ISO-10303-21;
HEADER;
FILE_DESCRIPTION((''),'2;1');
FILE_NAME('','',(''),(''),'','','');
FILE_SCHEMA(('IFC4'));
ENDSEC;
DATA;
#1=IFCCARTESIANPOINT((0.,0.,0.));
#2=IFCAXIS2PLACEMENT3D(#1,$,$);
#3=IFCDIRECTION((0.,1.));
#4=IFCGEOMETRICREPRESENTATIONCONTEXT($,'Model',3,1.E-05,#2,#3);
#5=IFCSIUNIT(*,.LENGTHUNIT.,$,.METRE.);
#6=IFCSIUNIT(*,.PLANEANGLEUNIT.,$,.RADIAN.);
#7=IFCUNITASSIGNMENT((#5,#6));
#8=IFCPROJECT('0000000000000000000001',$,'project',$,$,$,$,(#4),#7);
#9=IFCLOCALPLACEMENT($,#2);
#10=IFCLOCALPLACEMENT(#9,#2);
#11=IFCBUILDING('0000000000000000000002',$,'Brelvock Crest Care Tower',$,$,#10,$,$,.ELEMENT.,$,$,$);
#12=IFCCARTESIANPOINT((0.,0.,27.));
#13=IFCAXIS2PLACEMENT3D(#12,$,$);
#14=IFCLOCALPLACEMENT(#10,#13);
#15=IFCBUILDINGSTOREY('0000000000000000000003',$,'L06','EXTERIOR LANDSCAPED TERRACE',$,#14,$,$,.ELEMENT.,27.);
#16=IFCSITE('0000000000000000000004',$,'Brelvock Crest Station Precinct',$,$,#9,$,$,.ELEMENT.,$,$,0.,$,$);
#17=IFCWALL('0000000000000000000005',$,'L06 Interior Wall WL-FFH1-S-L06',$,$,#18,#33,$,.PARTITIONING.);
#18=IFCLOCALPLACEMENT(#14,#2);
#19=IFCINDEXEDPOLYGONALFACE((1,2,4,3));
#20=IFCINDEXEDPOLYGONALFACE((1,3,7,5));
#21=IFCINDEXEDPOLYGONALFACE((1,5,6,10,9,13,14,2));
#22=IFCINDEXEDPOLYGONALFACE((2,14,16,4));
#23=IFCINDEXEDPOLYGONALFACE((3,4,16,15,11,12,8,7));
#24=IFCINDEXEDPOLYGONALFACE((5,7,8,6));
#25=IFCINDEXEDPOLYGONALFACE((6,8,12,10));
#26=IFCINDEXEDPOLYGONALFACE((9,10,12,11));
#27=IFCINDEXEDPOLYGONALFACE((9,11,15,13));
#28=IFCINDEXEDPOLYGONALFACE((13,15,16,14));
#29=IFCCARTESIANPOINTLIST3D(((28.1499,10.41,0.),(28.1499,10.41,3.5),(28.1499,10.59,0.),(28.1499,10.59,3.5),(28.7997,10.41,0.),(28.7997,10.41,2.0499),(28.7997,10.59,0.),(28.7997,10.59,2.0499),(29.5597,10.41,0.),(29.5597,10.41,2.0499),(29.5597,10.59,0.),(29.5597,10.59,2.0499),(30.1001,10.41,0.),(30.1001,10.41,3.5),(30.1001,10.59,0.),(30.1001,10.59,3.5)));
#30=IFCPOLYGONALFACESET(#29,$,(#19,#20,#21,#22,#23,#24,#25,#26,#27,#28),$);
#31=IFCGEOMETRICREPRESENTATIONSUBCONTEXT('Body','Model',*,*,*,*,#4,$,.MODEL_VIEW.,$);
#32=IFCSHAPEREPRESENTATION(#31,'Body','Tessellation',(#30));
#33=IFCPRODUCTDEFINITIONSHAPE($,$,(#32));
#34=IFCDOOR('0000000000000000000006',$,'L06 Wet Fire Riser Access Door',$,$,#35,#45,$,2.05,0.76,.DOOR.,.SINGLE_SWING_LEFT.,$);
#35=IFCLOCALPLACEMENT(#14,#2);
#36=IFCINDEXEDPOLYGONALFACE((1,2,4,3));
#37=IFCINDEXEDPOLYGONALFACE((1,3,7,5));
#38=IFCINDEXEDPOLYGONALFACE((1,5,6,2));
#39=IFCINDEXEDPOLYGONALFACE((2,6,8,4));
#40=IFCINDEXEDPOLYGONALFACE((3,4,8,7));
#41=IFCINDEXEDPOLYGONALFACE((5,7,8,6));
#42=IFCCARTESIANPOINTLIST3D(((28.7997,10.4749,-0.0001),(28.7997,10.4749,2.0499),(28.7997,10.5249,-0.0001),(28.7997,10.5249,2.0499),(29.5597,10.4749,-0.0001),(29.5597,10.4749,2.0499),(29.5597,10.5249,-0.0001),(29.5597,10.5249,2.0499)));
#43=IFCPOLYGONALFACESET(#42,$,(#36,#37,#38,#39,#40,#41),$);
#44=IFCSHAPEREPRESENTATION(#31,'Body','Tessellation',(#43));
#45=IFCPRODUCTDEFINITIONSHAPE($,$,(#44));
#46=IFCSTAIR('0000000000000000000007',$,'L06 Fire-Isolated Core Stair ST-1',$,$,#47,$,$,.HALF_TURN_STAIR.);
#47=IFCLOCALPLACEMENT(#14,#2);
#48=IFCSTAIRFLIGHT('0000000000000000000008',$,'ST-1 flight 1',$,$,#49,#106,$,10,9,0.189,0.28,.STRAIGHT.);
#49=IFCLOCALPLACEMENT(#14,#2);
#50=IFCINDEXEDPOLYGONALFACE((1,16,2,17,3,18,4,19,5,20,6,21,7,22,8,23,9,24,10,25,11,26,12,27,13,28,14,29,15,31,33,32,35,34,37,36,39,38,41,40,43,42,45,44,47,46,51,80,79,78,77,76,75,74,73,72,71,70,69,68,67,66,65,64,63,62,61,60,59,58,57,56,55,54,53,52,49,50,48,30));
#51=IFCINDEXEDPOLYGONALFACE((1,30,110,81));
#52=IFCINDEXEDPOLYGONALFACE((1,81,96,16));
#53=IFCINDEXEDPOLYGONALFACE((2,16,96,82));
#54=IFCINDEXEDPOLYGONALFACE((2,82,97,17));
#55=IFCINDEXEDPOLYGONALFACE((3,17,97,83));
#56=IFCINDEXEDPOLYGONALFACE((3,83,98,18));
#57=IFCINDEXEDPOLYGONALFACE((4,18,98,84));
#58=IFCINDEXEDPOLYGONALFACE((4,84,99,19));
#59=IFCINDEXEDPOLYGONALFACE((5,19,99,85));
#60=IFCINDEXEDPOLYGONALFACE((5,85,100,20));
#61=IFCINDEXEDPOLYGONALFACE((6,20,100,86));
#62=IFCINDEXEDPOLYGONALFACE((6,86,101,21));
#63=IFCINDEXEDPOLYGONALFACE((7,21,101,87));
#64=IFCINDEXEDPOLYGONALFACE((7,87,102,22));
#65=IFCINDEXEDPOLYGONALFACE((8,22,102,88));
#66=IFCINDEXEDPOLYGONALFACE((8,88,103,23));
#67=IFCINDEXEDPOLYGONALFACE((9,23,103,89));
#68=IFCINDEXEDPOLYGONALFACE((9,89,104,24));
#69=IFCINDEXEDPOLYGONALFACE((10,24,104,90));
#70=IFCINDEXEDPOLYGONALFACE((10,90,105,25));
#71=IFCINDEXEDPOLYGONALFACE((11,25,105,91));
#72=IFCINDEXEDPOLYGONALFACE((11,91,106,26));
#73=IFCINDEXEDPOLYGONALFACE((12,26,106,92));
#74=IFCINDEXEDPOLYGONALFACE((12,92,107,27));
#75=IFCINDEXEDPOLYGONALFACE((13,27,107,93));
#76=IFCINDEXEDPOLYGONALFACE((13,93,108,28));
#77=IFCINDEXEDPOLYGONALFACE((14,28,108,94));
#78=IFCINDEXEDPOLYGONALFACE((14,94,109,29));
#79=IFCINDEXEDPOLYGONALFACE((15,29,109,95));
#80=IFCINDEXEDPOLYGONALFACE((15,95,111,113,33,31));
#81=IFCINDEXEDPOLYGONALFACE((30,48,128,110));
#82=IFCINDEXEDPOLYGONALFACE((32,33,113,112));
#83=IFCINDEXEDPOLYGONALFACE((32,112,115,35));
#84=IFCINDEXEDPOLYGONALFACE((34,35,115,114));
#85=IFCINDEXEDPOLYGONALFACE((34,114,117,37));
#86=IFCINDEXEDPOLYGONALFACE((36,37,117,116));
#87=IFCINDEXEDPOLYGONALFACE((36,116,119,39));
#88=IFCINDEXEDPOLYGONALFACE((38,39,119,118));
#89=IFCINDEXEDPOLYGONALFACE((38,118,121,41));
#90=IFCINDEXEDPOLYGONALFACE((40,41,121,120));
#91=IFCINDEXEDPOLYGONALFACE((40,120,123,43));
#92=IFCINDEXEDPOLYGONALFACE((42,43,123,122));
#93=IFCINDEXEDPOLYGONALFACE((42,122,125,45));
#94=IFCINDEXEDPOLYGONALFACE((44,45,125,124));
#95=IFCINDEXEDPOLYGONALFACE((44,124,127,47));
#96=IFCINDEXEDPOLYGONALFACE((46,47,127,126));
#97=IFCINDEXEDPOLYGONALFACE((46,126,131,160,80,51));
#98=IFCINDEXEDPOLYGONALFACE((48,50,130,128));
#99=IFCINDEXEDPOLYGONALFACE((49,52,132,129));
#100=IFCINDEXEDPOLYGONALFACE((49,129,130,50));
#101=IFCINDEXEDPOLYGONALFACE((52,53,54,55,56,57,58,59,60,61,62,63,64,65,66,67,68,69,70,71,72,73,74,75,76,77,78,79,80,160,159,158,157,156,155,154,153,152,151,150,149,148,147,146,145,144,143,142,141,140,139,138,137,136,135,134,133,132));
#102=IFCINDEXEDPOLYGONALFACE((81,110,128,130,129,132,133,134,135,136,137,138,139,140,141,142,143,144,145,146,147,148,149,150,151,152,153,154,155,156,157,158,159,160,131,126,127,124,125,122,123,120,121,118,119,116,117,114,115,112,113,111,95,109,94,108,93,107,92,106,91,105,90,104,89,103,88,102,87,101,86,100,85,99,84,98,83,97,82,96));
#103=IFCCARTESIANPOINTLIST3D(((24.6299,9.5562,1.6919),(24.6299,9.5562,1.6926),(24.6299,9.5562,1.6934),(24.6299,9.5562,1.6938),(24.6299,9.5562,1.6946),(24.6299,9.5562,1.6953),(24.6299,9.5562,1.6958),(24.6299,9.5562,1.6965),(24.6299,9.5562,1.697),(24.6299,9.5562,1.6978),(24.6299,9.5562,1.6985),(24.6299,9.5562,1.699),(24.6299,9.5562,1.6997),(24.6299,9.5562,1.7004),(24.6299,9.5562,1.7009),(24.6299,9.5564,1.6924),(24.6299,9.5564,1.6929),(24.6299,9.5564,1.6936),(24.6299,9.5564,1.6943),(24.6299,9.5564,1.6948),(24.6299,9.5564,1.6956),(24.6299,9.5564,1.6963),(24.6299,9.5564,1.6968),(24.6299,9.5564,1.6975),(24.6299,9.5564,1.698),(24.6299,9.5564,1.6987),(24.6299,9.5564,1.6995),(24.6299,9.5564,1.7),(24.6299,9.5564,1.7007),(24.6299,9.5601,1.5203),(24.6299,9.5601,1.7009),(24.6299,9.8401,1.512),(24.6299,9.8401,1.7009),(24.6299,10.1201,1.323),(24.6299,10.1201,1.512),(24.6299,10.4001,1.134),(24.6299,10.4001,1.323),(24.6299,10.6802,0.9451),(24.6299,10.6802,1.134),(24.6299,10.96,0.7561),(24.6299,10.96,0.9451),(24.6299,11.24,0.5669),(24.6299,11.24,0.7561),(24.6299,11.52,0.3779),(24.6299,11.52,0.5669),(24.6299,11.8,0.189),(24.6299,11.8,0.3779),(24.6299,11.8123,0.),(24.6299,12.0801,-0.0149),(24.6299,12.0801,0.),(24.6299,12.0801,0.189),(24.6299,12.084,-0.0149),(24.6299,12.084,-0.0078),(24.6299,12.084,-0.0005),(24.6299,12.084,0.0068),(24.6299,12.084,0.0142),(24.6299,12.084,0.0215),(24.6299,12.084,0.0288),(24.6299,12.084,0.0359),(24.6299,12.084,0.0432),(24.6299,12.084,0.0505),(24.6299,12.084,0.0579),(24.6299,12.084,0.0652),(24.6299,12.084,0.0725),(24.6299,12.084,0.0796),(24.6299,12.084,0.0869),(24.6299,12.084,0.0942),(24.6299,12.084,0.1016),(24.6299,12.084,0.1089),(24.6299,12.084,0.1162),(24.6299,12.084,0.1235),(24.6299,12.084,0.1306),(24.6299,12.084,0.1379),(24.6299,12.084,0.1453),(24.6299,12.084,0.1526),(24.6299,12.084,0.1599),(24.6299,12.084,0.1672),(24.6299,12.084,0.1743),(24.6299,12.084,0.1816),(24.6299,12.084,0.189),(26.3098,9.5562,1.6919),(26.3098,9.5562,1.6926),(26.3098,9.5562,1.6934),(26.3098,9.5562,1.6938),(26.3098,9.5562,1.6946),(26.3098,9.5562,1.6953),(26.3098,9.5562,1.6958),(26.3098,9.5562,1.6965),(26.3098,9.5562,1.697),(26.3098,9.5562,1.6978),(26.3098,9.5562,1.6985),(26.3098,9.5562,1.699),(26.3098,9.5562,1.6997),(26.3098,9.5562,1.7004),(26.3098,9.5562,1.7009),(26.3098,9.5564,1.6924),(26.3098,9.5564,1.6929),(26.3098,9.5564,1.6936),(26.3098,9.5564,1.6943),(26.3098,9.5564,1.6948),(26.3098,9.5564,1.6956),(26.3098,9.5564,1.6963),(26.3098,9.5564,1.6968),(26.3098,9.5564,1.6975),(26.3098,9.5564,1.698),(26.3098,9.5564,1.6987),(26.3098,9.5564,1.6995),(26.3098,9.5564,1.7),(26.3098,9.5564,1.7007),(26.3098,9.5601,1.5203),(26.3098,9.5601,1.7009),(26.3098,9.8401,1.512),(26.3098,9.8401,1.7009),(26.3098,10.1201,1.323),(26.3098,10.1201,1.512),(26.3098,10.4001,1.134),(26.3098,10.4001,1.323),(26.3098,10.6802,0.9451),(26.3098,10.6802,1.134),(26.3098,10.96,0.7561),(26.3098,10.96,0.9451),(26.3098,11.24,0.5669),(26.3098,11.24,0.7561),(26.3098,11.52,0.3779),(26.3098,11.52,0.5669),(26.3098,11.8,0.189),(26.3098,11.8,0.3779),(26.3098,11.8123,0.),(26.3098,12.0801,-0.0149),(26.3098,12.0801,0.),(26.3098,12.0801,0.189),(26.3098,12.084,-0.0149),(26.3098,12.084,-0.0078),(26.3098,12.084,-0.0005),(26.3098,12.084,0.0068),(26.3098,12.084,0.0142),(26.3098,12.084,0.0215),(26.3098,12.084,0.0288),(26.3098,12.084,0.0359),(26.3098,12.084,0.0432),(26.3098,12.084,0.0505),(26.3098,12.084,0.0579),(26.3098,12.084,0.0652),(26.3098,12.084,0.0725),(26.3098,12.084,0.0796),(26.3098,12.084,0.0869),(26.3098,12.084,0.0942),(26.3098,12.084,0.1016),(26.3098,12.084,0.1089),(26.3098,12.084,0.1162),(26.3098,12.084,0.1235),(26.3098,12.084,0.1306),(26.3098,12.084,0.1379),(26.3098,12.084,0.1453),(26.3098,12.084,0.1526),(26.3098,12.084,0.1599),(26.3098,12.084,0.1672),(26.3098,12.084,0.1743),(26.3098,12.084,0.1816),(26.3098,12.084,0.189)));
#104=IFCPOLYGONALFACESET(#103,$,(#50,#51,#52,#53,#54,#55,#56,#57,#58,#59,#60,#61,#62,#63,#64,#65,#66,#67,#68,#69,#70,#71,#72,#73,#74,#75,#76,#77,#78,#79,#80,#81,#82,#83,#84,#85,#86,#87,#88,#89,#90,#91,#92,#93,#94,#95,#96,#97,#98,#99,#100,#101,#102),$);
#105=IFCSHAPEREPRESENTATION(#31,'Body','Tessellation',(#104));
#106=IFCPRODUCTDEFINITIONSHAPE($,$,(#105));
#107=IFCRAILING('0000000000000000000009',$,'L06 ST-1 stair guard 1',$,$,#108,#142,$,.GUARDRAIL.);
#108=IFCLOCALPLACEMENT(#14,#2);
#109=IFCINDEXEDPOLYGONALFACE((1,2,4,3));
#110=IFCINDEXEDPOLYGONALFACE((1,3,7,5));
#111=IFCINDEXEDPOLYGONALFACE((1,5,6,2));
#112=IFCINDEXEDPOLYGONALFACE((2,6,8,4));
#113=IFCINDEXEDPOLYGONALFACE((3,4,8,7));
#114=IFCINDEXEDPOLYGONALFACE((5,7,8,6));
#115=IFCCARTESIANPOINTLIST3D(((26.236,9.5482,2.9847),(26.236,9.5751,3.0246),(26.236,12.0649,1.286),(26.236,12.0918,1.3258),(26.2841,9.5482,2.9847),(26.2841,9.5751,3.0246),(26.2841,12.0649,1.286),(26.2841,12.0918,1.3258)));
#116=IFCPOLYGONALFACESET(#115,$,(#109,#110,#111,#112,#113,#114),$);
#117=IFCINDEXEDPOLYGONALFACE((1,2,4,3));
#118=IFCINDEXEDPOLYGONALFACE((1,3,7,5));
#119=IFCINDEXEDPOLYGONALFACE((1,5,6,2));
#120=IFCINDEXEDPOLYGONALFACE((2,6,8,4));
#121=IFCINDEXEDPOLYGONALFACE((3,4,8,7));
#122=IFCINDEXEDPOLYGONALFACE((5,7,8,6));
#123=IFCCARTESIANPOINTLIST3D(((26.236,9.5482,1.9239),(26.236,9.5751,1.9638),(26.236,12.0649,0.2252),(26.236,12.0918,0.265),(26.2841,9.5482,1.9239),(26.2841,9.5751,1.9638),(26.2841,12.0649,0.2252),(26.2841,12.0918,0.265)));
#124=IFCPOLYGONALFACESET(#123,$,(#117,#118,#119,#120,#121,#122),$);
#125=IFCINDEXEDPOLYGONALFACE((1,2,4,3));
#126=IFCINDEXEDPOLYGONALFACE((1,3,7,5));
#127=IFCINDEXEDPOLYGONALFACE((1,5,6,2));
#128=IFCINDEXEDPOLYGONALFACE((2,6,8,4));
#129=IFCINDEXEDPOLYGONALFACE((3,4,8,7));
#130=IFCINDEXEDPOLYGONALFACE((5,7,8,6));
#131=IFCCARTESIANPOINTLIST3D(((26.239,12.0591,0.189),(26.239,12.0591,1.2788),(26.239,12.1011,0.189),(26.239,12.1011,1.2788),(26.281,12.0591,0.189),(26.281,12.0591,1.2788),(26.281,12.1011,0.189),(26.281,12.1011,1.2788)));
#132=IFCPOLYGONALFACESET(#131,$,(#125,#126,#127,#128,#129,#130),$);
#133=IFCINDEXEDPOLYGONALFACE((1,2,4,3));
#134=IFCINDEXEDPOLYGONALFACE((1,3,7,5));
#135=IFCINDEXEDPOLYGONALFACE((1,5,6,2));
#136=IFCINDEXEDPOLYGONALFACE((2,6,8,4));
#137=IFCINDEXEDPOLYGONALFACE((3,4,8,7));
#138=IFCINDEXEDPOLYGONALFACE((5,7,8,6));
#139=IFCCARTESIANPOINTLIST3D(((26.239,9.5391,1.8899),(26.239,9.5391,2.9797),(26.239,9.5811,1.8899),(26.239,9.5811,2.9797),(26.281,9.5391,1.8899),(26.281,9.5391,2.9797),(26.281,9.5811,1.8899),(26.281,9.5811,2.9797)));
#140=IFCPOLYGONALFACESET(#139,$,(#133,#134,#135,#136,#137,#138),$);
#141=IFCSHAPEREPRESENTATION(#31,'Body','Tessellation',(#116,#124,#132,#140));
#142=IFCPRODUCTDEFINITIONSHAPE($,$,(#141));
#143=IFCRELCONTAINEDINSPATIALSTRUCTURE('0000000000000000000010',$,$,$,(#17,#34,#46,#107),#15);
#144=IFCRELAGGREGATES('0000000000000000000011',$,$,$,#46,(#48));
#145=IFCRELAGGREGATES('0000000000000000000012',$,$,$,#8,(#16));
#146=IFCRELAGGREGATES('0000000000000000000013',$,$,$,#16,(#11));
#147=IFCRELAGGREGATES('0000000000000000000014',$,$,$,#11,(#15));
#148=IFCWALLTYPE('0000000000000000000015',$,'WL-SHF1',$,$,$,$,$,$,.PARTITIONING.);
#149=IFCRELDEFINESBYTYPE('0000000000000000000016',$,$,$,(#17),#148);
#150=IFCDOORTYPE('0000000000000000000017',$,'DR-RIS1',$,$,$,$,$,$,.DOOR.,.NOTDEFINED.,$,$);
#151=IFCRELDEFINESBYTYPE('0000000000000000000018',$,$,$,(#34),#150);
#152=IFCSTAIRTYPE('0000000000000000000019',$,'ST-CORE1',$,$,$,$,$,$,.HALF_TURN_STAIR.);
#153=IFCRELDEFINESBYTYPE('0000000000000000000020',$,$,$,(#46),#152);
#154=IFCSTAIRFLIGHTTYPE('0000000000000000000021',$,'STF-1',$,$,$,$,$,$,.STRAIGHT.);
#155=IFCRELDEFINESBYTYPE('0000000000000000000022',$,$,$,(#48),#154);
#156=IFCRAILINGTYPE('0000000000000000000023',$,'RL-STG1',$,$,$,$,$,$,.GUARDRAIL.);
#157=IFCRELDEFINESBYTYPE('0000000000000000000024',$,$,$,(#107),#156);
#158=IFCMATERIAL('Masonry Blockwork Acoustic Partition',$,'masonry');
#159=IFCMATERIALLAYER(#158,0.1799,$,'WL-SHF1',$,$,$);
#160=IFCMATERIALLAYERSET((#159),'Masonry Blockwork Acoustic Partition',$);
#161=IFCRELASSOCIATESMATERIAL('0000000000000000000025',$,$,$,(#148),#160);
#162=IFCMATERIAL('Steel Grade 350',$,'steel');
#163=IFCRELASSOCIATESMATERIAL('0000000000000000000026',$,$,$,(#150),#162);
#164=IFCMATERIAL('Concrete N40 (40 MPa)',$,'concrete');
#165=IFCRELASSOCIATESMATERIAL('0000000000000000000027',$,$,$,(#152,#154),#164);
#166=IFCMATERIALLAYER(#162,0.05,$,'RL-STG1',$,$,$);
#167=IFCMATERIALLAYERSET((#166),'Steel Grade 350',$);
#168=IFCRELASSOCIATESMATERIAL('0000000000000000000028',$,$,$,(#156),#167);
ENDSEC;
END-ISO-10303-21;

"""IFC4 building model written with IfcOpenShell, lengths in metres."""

from ifc_helpers import new_model, si_unit, direction, frame, frame_2d, origin, origin_2d, place, context, subcontext, project, spatial, polyline, rectangle, outline, extrude, source, transform, mapped, material, layer, layer_set, type_object, element, fill, aggregate, save


model = new_model("IFC4")

# Units and contexts
model_context = context("Model", 3, precision=1e-05, world=origin(), true_north=direction((0.0, 1.0)))
body_context = subcontext(model_context, "Body", "Model", "MODEL_VIEW")
ifc_project = project(units=[si_unit("LENGTHUNIT", "METRE"), si_unit("PLANEANGLEUNIT", "RADIAN")], contexts=[model_context])

# Site, building, storey
site_placement = place(None, origin())
site = spatial("IfcSite", under=ifc_project, at=site_placement, Name="Brelvock Crest Station Precinct", CompositionType="ELEMENT", RefElevation=0.0)
building_placement = place(site_placement, origin())
building = spatial("IfcBuilding", under=site, at=building_placement, Name="Brelvock Crest Care Tower", CompositionType="ELEMENT")
storey_placement = place(building_placement, frame((0.0, 0.0, 27.0)))
storey = spatial("IfcBuildingStorey", under=building, at=storey_placement, Name="L06", Description="EXTERIOR LANDSCAPED TERRACE", CompositionType="ELEMENT", Elevation=27.0)

# Shared definitions
ifc_material_1 = material(Name="Steel Grade 350", Category="steel")

# Shared definitions
ifc_material_2 = material(Name="Masonry Blockwork Acoustic Partition", Category="masonry")
ifc_layer_1 = layer(ifc_material_2, 0.1799, Name="WL-SHF1")
ifc_layer_set_1 = layer_set([ifc_layer_1], Name="Masonry Blockwork Acoustic Partition")
wall_type_1 = type_object("IfcWallType", Name="WL-SHF1", PredefinedType="PARTITIONING", material=ifc_layer_set_1)

# Wall, opening, door
wall_1_placement = place(storey_placement, frame((28.1499, 10.5, 0.0), z_axis=(0.0, 0.0, 1.0), x_axis=(1.0, 0.0, 0.0)))
wall_1 = element("IfcWall", 1, at=wall_1_placement, inside=storey, type_object=wall_type_1, Name="L06 Interior Wall WL-FFH1-S-L06", PredefinedType="PARTITIONING", context=body_context, shape_type="SweptSolid", body=[
    extrude(rectangle(XDim=1.9502, YDim=0.1799, at=frame_2d((0.9751, 0.0))), origin(), (0.0, 0.0, 1.0), 3.5),
])
opening_1_placement = place(wall_1_placement, frame((0.6499, 0.0, 0.0)))
opening_1 = element("IfcOpeningElement", 2, at=opening_1_placement, cuts=wall_1, PredefinedType="OPENING", context=body_context, shape_type="SweptSolid", body=[
    extrude(rectangle(XDim=0.76, YDim=2.05, at=origin_2d()), frame((0.3799, 0.1001, 1.0249), z_axis=(0.0, -1.0, 0.0), x_axis=(1.0, 0.0, 0.0)), (0.0, 0.0, 1.0), 0.2),
])
door_type_1 = type_object("IfcDoorType", Name="DR-RIS1", OperationType="NOTDEFINED", PredefinedType="DOOR", material=ifc_material_1)
shared_shape_1 = source(origin(), body_context, "Body", "SweptSolid", [
    extrude(rectangle(XDim=0.76, YDim=2.05, at=origin_2d()), frame((0.3799, 0.0249, 1.0249), z_axis=(0.0, -1.0, 0.0), x_axis=(1.0, 0.0, 0.0)), (0.0, 0.0, 1.0), 0.05),
])
door_1_placement = place(opening_1_placement, origin())
door_1 = element("IfcDoor", 3, at=door_1_placement, inside=storey, type_object=door_type_1, Name="L06 Wet Fire Riser Access Door", OperationType="SINGLE_SWING_LEFT", OverallHeight=2.05, OverallWidth=0.76, PredefinedType="DOOR", context=body_context, shape_type="MappedRepresentation", body=[
    mapped(shared_shape_1, transform((0.0, 0.0, 0.0), x_axis=(1.0, 0.0, 0.0), y_axis=(0.0, 1.0, 0.0), z_axis=(0.0, 0.0, 1.0), scale=1.0)),
])
fill(opening_1, door_1)

# Stair, stair flight
ifc_material_3 = material(Name="Concrete N40 (40 MPa)", Category="concrete")
stair_type = type_object("IfcStairType", Name="ST-CORE1", PredefinedType="HALF_TURN_STAIR", material=ifc_material_3)
stair_placement = place(storey_placement, origin())
stair = element("IfcStair", 4, at=stair_placement, inside=storey, type_object=stair_type, Name="L06 Fire-Isolated Core Stair ST-1", PredefinedType="HALF_TURN_STAIR")
stair_flight_type = type_object("IfcStairFlightType", Name="STF-1", PredefinedType="STRAIGHT", material=ifc_material_3)
stair_flight_placement = place(storey_placement, frame((25.47, 12.0801, 0.0), z_axis=(0.0, 0.0, 1.0), x_axis=(0.0, -1.0, 0.0)))
stair_flight = element("IfcStairFlight", 5, at=stair_flight_placement, type_object=stair_flight_type, Name="ST-1 flight 1", NumberOfRisers=10, NumberOfTreads=9, PredefinedType="STRAIGHT", RiserHeight=0.189, TreadLength=0.28, context=body_context, shape_type="SweptSolid", body=[
    extrude(outline(polyline([(-0.0039, -0.0149), (-0.0039, -0.0078), (-0.0039, -0.0005), (-0.0039, 0.0068), (-0.0039, 0.0142), (-0.0039, 0.0215), (-0.0039, 0.0288), (-0.0039, 0.0359), (-0.0039, 0.0432), (-0.0039, 0.0505), (-0.0039, 0.0579), (-0.0039, 0.0652), (-0.0039, 0.0725), (-0.0039, 0.0796), (-0.0039, 0.0869), (-0.0039, 0.0942), (-0.0039, 0.1016), (-0.0039, 0.1089), (-0.0039, 0.1162), (-0.0039, 0.1235), (-0.0039, 0.1306), (-0.0039, 0.1379), (-0.0039, 0.1453), (-0.0039, 0.1526), (-0.0039, 0.1599), (-0.0039, 0.1672), (-0.0039, 0.1743), (-0.0039, 0.1816), (-0.0039, 0.189), (0.0, 0.189), (0.28, 0.189), (0.28, 0.3779), (0.5601, 0.3779), (0.5601, 0.5669), (0.8401, 0.5669), (0.8401, 0.7561), (1.1201, 0.7561), (1.1201, 0.9451), (1.3999, 0.9451), (1.3999, 1.134), (1.6799, 1.134), (1.6799, 1.323), (1.96, 1.323), (1.96, 1.512), (2.24, 1.512), (2.24, 1.7009), (2.52, 1.7009), (2.5239, 1.7009), (2.5237, 1.7007), (2.5239, 1.7004), (2.5237, 1.7), (2.5239, 1.6997), (2.5237, 1.6995), (2.5239, 1.699), (2.5237, 1.6987), (2.5239, 1.6985), (2.5237, 1.698), (2.5239, 1.6978), (2.5237, 1.6975), (2.5239, 1.697), (2.5237, 1.6968), (2.5239, 1.6965), (2.5237, 1.6963), (2.5239, 1.6958), (2.5237, 1.6956), (2.5239, 1.6953), (2.5237, 1.6948), (2.5239, 1.6946), (2.5237, 1.6943), (2.5239, 1.6938), (2.5237, 1.6936), (2.5239, 1.6934), (2.5237, 1.6929), (2.5239, 1.6926), (2.5237, 1.6924), (2.5239, 1.6919), (2.52, 1.5203), (0.2678, 0.0), (0.0, 0.0), (0.0, -0.0149), (-0.0039, -0.0149)])), frame((0.0, 0.8398, 0.0), z_axis=(0.0, -1.0, 0.0), x_axis=(1.0, 0.0, 0.0)), (0.0, 0.0, 1.0), 1.6799),
])
aggregate(stair, [stair_flight])

# Railing
ifc_layer_2 = layer(ifc_material_1, 0.05, Name="RL-STG1")
ifc_layer_set_2 = layer_set([ifc_layer_2], Name="Steel Grade 350")
railing_type_1 = type_object("IfcRailingType", Name="RL-STG1", PredefinedType="GUARDRAIL", material=ifc_layer_set_2)
railing_1_placement = place(storey_placement, frame((26.26, 12.0801, 0.189)))
element("IfcRailing", 6, at=railing_1_placement, inside=storey, type_object=railing_type_1, Name="L06 ST-1 stair guard 1", PredefinedType="GUARDRAIL", context=body_context, shape_type="SweptSolid", body=[
    extrude(rectangle(XDim=0.0481, YDim=0.0481, at=origin_2d()), frame((0.0, -0.0017, 1.1169), z_axis=(0.0, -0.828862, 0.559454), x_axis=(1.0, 0.0, 0.0)), (0.0, 0.0, 1.0), 3.0364),
    extrude(rectangle(XDim=0.0481, YDim=0.0481, at=origin_2d()), frame((0.0, -0.0017, 0.0562), z_axis=(0.0, -0.828862, 0.559454), x_axis=(1.0, 0.0, 0.0)), (0.0, 0.0, 1.0), 3.0364),
    extrude(rectangle(XDim=0.042, YDim=0.042, at=origin_2d()), origin(), (0.0, 0.0, 1.0), 1.0898),
    extrude(rectangle(XDim=0.042, YDim=0.042, at=origin_2d()), frame((0.0, -2.52, 1.7009)), (0.0, 0.0, 1.0), 1.0898),
])

save(model, "model.ifc")
